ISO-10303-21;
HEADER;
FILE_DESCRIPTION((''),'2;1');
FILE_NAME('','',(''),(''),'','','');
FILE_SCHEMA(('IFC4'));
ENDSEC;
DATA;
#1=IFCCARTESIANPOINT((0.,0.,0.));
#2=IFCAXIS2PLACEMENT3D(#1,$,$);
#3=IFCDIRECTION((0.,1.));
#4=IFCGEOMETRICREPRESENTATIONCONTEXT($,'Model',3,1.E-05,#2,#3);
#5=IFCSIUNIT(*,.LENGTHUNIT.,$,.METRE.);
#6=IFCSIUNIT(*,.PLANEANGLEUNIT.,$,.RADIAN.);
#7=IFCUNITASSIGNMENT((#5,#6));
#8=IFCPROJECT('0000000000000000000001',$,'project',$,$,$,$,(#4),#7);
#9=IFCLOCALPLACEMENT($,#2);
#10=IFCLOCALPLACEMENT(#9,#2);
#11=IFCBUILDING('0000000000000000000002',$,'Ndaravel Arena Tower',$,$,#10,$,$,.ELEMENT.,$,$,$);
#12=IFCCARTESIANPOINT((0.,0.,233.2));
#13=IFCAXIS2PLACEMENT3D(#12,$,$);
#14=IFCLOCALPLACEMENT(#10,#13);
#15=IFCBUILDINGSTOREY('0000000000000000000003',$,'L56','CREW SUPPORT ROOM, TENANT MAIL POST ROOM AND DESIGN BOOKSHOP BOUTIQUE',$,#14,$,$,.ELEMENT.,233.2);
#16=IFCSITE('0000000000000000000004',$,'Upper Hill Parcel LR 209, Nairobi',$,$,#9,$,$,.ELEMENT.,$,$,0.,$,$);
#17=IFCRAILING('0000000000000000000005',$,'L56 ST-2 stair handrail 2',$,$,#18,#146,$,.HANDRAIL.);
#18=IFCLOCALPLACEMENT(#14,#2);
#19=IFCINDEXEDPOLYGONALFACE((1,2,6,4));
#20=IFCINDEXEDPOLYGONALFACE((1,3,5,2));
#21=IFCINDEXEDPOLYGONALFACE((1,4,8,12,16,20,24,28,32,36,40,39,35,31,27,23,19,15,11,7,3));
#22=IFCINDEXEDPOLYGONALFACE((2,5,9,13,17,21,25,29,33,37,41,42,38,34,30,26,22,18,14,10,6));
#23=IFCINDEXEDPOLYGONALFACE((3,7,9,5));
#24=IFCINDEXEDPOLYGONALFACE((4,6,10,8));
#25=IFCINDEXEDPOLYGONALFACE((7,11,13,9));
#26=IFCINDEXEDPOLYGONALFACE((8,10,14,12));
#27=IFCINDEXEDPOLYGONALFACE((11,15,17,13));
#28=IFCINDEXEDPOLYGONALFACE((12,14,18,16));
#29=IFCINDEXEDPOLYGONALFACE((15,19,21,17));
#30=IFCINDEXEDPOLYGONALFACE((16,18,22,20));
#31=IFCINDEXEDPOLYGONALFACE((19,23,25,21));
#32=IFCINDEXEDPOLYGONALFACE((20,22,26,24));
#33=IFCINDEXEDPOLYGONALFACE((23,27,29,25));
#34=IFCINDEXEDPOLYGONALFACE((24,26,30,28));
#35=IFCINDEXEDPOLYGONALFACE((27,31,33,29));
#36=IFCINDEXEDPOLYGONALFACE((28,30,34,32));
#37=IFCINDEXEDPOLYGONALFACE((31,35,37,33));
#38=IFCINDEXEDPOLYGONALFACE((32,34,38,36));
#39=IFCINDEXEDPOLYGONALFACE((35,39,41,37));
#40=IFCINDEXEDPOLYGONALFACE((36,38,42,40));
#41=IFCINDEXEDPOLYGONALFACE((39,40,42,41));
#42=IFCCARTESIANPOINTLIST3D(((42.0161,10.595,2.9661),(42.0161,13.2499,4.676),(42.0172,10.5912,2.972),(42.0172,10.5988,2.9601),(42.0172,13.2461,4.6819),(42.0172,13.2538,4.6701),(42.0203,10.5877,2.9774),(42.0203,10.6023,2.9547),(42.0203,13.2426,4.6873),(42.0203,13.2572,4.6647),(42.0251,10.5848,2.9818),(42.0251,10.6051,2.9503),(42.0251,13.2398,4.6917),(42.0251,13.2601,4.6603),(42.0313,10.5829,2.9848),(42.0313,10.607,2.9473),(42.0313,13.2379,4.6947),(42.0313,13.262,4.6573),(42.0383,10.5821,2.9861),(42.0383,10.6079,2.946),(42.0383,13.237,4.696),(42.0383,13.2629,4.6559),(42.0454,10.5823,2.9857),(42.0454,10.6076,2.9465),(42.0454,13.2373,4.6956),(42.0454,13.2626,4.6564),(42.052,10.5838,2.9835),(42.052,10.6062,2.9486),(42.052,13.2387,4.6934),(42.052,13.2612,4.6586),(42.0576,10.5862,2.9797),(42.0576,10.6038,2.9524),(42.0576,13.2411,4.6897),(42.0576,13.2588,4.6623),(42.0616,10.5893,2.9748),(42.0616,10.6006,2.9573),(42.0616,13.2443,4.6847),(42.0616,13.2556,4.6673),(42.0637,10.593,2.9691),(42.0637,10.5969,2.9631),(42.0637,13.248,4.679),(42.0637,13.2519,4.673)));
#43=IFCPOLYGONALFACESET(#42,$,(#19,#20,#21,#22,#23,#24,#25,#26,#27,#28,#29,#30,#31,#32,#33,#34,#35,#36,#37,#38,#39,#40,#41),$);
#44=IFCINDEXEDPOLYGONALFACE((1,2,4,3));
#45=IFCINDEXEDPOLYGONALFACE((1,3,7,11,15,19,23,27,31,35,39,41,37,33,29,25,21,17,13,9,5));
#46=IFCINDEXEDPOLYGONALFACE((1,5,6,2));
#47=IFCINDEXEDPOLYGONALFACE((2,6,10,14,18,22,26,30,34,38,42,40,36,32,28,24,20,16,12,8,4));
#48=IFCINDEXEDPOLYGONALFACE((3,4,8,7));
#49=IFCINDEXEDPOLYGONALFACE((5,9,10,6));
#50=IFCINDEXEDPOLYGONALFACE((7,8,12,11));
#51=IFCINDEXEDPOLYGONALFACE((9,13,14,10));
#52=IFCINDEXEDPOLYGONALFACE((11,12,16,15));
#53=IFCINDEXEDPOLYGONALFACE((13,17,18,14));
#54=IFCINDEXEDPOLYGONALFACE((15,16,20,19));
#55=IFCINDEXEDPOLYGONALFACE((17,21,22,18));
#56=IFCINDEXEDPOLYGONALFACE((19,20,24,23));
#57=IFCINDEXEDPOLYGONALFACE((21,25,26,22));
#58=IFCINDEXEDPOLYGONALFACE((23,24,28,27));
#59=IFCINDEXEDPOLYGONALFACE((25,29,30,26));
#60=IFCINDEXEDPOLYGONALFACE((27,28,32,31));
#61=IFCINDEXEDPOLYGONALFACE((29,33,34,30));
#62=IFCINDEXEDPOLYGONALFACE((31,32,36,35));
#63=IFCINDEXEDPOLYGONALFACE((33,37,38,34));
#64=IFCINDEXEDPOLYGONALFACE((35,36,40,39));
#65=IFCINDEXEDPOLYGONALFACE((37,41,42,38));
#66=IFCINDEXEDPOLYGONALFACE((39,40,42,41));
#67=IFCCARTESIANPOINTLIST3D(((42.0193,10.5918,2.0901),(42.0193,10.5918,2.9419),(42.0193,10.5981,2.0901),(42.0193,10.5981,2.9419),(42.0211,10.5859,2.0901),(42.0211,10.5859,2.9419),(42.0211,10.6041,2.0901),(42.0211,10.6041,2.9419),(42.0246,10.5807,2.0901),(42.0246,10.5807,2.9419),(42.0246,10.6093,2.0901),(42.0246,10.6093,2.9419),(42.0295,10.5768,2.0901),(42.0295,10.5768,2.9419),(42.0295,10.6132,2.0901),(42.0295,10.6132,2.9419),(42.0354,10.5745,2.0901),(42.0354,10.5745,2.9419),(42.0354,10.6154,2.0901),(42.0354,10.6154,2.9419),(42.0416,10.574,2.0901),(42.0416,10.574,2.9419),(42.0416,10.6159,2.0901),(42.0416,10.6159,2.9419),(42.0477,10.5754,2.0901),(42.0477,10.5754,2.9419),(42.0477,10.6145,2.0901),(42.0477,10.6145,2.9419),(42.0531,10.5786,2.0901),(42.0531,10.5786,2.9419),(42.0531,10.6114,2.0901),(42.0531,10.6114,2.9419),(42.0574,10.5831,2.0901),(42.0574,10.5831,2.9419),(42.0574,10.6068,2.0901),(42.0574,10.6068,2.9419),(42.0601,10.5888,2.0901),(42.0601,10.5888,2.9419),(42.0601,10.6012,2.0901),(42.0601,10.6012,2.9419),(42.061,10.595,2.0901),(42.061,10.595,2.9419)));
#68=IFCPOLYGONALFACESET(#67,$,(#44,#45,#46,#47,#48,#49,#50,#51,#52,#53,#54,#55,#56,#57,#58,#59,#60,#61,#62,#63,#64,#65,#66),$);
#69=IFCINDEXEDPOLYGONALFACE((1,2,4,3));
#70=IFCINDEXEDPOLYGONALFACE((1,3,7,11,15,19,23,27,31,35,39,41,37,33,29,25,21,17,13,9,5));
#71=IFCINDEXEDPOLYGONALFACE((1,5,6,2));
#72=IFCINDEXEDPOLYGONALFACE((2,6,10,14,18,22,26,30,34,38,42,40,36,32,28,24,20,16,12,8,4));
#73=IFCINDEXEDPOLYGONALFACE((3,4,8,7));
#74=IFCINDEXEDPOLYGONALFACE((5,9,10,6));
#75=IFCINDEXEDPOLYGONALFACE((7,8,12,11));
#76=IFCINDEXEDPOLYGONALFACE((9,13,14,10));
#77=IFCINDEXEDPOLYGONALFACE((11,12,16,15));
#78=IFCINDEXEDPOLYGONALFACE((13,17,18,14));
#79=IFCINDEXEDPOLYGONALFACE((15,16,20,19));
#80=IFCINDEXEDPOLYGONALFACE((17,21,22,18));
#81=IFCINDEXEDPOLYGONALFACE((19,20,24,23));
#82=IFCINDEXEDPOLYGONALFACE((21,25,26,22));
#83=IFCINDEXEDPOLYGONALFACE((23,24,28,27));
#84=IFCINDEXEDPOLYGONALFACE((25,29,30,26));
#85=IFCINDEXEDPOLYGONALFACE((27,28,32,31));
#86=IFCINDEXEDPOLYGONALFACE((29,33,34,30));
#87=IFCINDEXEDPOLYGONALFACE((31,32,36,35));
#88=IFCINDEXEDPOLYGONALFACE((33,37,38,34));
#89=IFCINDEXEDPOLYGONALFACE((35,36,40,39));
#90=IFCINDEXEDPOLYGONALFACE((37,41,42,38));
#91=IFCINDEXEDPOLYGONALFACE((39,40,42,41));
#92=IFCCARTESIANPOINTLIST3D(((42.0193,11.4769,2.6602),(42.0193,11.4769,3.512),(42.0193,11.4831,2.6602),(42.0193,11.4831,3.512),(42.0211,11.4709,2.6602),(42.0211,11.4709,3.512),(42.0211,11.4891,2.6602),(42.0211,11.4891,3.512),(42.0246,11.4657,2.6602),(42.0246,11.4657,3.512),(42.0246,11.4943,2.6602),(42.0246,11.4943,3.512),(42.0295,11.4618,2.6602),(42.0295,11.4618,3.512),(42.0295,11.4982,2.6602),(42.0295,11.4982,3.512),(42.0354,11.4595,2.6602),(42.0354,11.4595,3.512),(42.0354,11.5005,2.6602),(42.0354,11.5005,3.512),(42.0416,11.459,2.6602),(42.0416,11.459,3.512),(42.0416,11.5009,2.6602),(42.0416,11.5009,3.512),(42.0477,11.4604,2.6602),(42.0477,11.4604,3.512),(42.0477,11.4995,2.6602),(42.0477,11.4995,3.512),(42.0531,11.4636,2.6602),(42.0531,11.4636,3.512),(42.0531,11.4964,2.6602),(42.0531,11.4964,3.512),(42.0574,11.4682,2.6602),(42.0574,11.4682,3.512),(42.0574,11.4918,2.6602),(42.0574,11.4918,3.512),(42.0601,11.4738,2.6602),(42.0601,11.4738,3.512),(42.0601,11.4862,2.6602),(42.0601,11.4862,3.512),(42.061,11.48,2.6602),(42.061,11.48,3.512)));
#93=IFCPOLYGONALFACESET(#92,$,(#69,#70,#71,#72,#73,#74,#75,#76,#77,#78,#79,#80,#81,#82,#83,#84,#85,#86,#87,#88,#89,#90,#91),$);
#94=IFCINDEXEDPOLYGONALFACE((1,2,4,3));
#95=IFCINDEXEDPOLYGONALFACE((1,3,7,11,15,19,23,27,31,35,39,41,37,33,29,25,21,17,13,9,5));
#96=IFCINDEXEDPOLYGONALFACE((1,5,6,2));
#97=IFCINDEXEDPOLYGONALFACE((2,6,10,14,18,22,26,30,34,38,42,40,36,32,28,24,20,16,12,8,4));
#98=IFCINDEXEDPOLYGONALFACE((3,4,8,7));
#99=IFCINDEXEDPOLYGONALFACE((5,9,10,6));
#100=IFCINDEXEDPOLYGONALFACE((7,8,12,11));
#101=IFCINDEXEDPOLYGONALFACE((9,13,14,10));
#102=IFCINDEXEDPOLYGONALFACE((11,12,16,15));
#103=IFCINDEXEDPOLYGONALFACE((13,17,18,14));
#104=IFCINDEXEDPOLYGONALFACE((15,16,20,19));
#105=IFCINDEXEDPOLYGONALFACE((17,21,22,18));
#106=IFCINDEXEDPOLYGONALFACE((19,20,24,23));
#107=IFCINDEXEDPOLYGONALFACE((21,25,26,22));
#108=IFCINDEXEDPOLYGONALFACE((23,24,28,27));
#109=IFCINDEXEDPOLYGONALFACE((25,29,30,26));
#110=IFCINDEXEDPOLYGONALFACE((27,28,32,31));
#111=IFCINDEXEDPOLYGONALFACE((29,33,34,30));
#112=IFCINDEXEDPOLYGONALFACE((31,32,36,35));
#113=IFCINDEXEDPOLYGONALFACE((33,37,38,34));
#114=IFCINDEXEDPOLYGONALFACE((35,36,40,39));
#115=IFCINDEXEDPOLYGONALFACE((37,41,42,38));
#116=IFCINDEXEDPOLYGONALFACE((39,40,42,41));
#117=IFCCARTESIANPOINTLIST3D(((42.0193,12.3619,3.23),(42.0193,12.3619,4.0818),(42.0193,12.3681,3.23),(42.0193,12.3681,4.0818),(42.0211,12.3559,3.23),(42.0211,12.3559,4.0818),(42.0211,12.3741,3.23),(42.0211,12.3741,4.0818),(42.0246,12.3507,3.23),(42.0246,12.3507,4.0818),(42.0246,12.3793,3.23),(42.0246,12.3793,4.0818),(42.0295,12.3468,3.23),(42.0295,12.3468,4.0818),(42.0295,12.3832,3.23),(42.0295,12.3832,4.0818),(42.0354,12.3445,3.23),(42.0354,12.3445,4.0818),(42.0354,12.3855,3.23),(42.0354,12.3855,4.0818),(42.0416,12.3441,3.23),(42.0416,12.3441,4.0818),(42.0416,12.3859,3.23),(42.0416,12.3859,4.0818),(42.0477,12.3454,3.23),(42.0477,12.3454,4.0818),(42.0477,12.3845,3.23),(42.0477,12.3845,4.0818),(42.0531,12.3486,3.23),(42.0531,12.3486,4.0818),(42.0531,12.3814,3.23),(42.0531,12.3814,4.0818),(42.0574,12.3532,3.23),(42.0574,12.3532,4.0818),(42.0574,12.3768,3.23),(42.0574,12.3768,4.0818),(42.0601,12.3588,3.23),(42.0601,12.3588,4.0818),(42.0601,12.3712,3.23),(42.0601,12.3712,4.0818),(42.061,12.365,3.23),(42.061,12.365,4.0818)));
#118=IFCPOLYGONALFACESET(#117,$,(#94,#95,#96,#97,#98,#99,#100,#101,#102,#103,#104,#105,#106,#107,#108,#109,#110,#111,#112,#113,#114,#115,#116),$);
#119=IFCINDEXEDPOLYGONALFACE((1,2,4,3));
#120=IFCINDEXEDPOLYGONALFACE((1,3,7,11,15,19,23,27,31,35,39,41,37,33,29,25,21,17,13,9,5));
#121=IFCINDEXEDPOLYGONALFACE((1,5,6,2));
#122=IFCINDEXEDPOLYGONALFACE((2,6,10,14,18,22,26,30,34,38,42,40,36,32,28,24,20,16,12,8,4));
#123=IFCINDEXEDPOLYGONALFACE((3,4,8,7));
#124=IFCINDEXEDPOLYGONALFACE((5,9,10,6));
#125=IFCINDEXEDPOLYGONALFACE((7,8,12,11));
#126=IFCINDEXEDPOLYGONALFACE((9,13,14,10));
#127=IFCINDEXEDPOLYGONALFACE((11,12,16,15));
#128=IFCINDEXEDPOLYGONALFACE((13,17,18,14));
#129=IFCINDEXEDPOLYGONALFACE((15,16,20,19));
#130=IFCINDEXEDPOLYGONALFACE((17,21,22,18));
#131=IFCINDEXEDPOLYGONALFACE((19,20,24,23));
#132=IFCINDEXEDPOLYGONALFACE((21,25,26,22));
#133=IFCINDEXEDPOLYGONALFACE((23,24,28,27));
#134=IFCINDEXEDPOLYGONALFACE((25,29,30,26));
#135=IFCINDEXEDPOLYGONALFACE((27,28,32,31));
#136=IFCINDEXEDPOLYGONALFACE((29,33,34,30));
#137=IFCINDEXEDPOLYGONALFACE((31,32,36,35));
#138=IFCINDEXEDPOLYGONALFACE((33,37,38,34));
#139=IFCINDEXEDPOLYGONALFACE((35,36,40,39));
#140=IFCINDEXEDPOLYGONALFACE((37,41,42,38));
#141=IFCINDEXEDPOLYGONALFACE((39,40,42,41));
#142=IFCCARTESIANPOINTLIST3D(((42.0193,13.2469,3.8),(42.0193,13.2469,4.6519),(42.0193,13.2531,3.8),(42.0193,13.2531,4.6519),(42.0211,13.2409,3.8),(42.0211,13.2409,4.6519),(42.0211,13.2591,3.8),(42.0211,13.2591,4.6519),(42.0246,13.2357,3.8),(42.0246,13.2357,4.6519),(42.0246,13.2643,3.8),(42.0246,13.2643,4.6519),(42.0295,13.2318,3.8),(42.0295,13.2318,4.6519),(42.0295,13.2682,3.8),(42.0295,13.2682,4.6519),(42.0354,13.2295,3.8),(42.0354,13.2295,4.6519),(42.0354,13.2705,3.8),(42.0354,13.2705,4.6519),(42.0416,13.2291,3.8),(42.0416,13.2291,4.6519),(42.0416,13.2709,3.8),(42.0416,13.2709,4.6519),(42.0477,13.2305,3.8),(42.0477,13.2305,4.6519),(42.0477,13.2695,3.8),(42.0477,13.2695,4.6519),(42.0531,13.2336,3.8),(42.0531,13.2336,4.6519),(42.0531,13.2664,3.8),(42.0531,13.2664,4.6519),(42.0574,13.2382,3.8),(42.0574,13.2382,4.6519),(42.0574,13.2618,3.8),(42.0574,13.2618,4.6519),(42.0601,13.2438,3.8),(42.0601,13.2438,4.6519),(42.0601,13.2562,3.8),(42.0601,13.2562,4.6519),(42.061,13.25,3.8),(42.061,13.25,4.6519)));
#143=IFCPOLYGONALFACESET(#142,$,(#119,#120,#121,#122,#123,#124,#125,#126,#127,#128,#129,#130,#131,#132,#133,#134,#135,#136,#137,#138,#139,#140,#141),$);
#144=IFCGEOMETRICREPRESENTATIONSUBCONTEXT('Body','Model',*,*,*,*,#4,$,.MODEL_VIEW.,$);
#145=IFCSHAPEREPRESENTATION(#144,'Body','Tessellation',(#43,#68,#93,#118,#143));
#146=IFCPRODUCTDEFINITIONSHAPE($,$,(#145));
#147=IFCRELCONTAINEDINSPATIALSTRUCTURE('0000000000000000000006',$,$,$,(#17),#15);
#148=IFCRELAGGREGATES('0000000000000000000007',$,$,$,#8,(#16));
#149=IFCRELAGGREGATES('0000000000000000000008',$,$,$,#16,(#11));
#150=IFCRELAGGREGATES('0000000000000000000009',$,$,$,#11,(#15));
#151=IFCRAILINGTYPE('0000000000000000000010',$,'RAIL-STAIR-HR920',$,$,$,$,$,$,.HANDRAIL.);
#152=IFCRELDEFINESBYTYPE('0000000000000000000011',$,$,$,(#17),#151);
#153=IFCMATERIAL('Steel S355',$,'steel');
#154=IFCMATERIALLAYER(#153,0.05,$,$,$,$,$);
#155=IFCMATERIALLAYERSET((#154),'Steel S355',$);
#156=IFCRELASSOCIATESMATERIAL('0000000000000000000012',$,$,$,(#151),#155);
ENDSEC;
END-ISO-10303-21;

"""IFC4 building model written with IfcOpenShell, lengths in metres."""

from ifc_helpers import new_model, si_unit, direction, frame, origin, origin_2d, place, context, subcontext, project, spatial, circle, extrude, material, layer, layer_set, type_object, element, save


model = new_model("IFC4")

# Units and contexts
model_context = context("Model", 3, precision=1e-05, world=origin(), true_north=direction((0.0, 1.0)))
body_context = subcontext(model_context, "Body", "Model", "MODEL_VIEW")
ifc_project = project(units=[si_unit("LENGTHUNIT", "METRE"), si_unit("PLANEANGLEUNIT", "RADIAN")], contexts=[model_context])

# Site, building, storey
site_placement = place(None, origin())
site = spatial("IfcSite", under=ifc_project, at=site_placement, Name="Upper Hill Parcel LR 209, Nairobi", CompositionType="ELEMENT", RefElevation=0.0)
building_placement = place(site_placement, origin())
building = spatial("IfcBuilding", under=site, at=building_placement, Name="Ndaravel Arena Tower", CompositionType="ELEMENT")
storey_placement = place(building_placement, frame((0.0, 0.0, 233.2)))
storey = spatial("IfcBuildingStorey", under=building, at=storey_placement, Name="L56", Description="CREW SUPPORT ROOM, TENANT MAIL POST ROOM AND DESIGN BOOKSHOP BOUTIQUE", CompositionType="ELEMENT", Elevation=233.2)

# Railing
ifc_material_1 = material(Name="Steel S355", Category="steel")
ifc_layer_1 = layer(ifc_material_1, 0.05)
ifc_layer_set_1 = layer_set([ifc_layer_1], Name="Steel S355")
railing_type = type_object("IfcRailingType", Name="RAIL-STAIR-HR920", PredefinedType="HANDRAIL", material=ifc_layer_set_1)
railing_placement = place(storey_placement, frame((42.04, 10.595, 2.0901)))
element("IfcRailing", 1, at=railing_placement, inside=storey, type_object=railing_type, Name="L56 ST-2 stair handrail 2", PredefinedType="HANDRAIL", context=body_context, shape_type="SweptSolid", body=[
    extrude(circle(Radius=0.0239, at=origin_2d()), frame((0.0, 0.0, 0.876), z_axis=(0.0, 0.840724, 0.541465), x_axis=(-1.0, 0.0, 0.0)), (0.0, 0.0, 1.0), 3.158),
    extrude(circle(Radius=0.021, at=origin_2d()), origin(), (0.0, 0.0, 1.0), 0.8518),
    extrude(circle(Radius=0.021, at=origin_2d()), frame((0.0, 0.885, 0.5701)), (0.0, 0.0, 1.0), 0.8518),
    extrude(circle(Radius=0.021, at=origin_2d()), frame((0.0, 1.77, 1.1399)), (0.0, 0.0, 1.0), 0.8518),
    extrude(circle(Radius=0.021, at=origin_2d()), frame((0.0, 2.655, 1.71)), (0.0, 0.0, 1.0), 0.8518),
])

save(model, "model.ifc")
